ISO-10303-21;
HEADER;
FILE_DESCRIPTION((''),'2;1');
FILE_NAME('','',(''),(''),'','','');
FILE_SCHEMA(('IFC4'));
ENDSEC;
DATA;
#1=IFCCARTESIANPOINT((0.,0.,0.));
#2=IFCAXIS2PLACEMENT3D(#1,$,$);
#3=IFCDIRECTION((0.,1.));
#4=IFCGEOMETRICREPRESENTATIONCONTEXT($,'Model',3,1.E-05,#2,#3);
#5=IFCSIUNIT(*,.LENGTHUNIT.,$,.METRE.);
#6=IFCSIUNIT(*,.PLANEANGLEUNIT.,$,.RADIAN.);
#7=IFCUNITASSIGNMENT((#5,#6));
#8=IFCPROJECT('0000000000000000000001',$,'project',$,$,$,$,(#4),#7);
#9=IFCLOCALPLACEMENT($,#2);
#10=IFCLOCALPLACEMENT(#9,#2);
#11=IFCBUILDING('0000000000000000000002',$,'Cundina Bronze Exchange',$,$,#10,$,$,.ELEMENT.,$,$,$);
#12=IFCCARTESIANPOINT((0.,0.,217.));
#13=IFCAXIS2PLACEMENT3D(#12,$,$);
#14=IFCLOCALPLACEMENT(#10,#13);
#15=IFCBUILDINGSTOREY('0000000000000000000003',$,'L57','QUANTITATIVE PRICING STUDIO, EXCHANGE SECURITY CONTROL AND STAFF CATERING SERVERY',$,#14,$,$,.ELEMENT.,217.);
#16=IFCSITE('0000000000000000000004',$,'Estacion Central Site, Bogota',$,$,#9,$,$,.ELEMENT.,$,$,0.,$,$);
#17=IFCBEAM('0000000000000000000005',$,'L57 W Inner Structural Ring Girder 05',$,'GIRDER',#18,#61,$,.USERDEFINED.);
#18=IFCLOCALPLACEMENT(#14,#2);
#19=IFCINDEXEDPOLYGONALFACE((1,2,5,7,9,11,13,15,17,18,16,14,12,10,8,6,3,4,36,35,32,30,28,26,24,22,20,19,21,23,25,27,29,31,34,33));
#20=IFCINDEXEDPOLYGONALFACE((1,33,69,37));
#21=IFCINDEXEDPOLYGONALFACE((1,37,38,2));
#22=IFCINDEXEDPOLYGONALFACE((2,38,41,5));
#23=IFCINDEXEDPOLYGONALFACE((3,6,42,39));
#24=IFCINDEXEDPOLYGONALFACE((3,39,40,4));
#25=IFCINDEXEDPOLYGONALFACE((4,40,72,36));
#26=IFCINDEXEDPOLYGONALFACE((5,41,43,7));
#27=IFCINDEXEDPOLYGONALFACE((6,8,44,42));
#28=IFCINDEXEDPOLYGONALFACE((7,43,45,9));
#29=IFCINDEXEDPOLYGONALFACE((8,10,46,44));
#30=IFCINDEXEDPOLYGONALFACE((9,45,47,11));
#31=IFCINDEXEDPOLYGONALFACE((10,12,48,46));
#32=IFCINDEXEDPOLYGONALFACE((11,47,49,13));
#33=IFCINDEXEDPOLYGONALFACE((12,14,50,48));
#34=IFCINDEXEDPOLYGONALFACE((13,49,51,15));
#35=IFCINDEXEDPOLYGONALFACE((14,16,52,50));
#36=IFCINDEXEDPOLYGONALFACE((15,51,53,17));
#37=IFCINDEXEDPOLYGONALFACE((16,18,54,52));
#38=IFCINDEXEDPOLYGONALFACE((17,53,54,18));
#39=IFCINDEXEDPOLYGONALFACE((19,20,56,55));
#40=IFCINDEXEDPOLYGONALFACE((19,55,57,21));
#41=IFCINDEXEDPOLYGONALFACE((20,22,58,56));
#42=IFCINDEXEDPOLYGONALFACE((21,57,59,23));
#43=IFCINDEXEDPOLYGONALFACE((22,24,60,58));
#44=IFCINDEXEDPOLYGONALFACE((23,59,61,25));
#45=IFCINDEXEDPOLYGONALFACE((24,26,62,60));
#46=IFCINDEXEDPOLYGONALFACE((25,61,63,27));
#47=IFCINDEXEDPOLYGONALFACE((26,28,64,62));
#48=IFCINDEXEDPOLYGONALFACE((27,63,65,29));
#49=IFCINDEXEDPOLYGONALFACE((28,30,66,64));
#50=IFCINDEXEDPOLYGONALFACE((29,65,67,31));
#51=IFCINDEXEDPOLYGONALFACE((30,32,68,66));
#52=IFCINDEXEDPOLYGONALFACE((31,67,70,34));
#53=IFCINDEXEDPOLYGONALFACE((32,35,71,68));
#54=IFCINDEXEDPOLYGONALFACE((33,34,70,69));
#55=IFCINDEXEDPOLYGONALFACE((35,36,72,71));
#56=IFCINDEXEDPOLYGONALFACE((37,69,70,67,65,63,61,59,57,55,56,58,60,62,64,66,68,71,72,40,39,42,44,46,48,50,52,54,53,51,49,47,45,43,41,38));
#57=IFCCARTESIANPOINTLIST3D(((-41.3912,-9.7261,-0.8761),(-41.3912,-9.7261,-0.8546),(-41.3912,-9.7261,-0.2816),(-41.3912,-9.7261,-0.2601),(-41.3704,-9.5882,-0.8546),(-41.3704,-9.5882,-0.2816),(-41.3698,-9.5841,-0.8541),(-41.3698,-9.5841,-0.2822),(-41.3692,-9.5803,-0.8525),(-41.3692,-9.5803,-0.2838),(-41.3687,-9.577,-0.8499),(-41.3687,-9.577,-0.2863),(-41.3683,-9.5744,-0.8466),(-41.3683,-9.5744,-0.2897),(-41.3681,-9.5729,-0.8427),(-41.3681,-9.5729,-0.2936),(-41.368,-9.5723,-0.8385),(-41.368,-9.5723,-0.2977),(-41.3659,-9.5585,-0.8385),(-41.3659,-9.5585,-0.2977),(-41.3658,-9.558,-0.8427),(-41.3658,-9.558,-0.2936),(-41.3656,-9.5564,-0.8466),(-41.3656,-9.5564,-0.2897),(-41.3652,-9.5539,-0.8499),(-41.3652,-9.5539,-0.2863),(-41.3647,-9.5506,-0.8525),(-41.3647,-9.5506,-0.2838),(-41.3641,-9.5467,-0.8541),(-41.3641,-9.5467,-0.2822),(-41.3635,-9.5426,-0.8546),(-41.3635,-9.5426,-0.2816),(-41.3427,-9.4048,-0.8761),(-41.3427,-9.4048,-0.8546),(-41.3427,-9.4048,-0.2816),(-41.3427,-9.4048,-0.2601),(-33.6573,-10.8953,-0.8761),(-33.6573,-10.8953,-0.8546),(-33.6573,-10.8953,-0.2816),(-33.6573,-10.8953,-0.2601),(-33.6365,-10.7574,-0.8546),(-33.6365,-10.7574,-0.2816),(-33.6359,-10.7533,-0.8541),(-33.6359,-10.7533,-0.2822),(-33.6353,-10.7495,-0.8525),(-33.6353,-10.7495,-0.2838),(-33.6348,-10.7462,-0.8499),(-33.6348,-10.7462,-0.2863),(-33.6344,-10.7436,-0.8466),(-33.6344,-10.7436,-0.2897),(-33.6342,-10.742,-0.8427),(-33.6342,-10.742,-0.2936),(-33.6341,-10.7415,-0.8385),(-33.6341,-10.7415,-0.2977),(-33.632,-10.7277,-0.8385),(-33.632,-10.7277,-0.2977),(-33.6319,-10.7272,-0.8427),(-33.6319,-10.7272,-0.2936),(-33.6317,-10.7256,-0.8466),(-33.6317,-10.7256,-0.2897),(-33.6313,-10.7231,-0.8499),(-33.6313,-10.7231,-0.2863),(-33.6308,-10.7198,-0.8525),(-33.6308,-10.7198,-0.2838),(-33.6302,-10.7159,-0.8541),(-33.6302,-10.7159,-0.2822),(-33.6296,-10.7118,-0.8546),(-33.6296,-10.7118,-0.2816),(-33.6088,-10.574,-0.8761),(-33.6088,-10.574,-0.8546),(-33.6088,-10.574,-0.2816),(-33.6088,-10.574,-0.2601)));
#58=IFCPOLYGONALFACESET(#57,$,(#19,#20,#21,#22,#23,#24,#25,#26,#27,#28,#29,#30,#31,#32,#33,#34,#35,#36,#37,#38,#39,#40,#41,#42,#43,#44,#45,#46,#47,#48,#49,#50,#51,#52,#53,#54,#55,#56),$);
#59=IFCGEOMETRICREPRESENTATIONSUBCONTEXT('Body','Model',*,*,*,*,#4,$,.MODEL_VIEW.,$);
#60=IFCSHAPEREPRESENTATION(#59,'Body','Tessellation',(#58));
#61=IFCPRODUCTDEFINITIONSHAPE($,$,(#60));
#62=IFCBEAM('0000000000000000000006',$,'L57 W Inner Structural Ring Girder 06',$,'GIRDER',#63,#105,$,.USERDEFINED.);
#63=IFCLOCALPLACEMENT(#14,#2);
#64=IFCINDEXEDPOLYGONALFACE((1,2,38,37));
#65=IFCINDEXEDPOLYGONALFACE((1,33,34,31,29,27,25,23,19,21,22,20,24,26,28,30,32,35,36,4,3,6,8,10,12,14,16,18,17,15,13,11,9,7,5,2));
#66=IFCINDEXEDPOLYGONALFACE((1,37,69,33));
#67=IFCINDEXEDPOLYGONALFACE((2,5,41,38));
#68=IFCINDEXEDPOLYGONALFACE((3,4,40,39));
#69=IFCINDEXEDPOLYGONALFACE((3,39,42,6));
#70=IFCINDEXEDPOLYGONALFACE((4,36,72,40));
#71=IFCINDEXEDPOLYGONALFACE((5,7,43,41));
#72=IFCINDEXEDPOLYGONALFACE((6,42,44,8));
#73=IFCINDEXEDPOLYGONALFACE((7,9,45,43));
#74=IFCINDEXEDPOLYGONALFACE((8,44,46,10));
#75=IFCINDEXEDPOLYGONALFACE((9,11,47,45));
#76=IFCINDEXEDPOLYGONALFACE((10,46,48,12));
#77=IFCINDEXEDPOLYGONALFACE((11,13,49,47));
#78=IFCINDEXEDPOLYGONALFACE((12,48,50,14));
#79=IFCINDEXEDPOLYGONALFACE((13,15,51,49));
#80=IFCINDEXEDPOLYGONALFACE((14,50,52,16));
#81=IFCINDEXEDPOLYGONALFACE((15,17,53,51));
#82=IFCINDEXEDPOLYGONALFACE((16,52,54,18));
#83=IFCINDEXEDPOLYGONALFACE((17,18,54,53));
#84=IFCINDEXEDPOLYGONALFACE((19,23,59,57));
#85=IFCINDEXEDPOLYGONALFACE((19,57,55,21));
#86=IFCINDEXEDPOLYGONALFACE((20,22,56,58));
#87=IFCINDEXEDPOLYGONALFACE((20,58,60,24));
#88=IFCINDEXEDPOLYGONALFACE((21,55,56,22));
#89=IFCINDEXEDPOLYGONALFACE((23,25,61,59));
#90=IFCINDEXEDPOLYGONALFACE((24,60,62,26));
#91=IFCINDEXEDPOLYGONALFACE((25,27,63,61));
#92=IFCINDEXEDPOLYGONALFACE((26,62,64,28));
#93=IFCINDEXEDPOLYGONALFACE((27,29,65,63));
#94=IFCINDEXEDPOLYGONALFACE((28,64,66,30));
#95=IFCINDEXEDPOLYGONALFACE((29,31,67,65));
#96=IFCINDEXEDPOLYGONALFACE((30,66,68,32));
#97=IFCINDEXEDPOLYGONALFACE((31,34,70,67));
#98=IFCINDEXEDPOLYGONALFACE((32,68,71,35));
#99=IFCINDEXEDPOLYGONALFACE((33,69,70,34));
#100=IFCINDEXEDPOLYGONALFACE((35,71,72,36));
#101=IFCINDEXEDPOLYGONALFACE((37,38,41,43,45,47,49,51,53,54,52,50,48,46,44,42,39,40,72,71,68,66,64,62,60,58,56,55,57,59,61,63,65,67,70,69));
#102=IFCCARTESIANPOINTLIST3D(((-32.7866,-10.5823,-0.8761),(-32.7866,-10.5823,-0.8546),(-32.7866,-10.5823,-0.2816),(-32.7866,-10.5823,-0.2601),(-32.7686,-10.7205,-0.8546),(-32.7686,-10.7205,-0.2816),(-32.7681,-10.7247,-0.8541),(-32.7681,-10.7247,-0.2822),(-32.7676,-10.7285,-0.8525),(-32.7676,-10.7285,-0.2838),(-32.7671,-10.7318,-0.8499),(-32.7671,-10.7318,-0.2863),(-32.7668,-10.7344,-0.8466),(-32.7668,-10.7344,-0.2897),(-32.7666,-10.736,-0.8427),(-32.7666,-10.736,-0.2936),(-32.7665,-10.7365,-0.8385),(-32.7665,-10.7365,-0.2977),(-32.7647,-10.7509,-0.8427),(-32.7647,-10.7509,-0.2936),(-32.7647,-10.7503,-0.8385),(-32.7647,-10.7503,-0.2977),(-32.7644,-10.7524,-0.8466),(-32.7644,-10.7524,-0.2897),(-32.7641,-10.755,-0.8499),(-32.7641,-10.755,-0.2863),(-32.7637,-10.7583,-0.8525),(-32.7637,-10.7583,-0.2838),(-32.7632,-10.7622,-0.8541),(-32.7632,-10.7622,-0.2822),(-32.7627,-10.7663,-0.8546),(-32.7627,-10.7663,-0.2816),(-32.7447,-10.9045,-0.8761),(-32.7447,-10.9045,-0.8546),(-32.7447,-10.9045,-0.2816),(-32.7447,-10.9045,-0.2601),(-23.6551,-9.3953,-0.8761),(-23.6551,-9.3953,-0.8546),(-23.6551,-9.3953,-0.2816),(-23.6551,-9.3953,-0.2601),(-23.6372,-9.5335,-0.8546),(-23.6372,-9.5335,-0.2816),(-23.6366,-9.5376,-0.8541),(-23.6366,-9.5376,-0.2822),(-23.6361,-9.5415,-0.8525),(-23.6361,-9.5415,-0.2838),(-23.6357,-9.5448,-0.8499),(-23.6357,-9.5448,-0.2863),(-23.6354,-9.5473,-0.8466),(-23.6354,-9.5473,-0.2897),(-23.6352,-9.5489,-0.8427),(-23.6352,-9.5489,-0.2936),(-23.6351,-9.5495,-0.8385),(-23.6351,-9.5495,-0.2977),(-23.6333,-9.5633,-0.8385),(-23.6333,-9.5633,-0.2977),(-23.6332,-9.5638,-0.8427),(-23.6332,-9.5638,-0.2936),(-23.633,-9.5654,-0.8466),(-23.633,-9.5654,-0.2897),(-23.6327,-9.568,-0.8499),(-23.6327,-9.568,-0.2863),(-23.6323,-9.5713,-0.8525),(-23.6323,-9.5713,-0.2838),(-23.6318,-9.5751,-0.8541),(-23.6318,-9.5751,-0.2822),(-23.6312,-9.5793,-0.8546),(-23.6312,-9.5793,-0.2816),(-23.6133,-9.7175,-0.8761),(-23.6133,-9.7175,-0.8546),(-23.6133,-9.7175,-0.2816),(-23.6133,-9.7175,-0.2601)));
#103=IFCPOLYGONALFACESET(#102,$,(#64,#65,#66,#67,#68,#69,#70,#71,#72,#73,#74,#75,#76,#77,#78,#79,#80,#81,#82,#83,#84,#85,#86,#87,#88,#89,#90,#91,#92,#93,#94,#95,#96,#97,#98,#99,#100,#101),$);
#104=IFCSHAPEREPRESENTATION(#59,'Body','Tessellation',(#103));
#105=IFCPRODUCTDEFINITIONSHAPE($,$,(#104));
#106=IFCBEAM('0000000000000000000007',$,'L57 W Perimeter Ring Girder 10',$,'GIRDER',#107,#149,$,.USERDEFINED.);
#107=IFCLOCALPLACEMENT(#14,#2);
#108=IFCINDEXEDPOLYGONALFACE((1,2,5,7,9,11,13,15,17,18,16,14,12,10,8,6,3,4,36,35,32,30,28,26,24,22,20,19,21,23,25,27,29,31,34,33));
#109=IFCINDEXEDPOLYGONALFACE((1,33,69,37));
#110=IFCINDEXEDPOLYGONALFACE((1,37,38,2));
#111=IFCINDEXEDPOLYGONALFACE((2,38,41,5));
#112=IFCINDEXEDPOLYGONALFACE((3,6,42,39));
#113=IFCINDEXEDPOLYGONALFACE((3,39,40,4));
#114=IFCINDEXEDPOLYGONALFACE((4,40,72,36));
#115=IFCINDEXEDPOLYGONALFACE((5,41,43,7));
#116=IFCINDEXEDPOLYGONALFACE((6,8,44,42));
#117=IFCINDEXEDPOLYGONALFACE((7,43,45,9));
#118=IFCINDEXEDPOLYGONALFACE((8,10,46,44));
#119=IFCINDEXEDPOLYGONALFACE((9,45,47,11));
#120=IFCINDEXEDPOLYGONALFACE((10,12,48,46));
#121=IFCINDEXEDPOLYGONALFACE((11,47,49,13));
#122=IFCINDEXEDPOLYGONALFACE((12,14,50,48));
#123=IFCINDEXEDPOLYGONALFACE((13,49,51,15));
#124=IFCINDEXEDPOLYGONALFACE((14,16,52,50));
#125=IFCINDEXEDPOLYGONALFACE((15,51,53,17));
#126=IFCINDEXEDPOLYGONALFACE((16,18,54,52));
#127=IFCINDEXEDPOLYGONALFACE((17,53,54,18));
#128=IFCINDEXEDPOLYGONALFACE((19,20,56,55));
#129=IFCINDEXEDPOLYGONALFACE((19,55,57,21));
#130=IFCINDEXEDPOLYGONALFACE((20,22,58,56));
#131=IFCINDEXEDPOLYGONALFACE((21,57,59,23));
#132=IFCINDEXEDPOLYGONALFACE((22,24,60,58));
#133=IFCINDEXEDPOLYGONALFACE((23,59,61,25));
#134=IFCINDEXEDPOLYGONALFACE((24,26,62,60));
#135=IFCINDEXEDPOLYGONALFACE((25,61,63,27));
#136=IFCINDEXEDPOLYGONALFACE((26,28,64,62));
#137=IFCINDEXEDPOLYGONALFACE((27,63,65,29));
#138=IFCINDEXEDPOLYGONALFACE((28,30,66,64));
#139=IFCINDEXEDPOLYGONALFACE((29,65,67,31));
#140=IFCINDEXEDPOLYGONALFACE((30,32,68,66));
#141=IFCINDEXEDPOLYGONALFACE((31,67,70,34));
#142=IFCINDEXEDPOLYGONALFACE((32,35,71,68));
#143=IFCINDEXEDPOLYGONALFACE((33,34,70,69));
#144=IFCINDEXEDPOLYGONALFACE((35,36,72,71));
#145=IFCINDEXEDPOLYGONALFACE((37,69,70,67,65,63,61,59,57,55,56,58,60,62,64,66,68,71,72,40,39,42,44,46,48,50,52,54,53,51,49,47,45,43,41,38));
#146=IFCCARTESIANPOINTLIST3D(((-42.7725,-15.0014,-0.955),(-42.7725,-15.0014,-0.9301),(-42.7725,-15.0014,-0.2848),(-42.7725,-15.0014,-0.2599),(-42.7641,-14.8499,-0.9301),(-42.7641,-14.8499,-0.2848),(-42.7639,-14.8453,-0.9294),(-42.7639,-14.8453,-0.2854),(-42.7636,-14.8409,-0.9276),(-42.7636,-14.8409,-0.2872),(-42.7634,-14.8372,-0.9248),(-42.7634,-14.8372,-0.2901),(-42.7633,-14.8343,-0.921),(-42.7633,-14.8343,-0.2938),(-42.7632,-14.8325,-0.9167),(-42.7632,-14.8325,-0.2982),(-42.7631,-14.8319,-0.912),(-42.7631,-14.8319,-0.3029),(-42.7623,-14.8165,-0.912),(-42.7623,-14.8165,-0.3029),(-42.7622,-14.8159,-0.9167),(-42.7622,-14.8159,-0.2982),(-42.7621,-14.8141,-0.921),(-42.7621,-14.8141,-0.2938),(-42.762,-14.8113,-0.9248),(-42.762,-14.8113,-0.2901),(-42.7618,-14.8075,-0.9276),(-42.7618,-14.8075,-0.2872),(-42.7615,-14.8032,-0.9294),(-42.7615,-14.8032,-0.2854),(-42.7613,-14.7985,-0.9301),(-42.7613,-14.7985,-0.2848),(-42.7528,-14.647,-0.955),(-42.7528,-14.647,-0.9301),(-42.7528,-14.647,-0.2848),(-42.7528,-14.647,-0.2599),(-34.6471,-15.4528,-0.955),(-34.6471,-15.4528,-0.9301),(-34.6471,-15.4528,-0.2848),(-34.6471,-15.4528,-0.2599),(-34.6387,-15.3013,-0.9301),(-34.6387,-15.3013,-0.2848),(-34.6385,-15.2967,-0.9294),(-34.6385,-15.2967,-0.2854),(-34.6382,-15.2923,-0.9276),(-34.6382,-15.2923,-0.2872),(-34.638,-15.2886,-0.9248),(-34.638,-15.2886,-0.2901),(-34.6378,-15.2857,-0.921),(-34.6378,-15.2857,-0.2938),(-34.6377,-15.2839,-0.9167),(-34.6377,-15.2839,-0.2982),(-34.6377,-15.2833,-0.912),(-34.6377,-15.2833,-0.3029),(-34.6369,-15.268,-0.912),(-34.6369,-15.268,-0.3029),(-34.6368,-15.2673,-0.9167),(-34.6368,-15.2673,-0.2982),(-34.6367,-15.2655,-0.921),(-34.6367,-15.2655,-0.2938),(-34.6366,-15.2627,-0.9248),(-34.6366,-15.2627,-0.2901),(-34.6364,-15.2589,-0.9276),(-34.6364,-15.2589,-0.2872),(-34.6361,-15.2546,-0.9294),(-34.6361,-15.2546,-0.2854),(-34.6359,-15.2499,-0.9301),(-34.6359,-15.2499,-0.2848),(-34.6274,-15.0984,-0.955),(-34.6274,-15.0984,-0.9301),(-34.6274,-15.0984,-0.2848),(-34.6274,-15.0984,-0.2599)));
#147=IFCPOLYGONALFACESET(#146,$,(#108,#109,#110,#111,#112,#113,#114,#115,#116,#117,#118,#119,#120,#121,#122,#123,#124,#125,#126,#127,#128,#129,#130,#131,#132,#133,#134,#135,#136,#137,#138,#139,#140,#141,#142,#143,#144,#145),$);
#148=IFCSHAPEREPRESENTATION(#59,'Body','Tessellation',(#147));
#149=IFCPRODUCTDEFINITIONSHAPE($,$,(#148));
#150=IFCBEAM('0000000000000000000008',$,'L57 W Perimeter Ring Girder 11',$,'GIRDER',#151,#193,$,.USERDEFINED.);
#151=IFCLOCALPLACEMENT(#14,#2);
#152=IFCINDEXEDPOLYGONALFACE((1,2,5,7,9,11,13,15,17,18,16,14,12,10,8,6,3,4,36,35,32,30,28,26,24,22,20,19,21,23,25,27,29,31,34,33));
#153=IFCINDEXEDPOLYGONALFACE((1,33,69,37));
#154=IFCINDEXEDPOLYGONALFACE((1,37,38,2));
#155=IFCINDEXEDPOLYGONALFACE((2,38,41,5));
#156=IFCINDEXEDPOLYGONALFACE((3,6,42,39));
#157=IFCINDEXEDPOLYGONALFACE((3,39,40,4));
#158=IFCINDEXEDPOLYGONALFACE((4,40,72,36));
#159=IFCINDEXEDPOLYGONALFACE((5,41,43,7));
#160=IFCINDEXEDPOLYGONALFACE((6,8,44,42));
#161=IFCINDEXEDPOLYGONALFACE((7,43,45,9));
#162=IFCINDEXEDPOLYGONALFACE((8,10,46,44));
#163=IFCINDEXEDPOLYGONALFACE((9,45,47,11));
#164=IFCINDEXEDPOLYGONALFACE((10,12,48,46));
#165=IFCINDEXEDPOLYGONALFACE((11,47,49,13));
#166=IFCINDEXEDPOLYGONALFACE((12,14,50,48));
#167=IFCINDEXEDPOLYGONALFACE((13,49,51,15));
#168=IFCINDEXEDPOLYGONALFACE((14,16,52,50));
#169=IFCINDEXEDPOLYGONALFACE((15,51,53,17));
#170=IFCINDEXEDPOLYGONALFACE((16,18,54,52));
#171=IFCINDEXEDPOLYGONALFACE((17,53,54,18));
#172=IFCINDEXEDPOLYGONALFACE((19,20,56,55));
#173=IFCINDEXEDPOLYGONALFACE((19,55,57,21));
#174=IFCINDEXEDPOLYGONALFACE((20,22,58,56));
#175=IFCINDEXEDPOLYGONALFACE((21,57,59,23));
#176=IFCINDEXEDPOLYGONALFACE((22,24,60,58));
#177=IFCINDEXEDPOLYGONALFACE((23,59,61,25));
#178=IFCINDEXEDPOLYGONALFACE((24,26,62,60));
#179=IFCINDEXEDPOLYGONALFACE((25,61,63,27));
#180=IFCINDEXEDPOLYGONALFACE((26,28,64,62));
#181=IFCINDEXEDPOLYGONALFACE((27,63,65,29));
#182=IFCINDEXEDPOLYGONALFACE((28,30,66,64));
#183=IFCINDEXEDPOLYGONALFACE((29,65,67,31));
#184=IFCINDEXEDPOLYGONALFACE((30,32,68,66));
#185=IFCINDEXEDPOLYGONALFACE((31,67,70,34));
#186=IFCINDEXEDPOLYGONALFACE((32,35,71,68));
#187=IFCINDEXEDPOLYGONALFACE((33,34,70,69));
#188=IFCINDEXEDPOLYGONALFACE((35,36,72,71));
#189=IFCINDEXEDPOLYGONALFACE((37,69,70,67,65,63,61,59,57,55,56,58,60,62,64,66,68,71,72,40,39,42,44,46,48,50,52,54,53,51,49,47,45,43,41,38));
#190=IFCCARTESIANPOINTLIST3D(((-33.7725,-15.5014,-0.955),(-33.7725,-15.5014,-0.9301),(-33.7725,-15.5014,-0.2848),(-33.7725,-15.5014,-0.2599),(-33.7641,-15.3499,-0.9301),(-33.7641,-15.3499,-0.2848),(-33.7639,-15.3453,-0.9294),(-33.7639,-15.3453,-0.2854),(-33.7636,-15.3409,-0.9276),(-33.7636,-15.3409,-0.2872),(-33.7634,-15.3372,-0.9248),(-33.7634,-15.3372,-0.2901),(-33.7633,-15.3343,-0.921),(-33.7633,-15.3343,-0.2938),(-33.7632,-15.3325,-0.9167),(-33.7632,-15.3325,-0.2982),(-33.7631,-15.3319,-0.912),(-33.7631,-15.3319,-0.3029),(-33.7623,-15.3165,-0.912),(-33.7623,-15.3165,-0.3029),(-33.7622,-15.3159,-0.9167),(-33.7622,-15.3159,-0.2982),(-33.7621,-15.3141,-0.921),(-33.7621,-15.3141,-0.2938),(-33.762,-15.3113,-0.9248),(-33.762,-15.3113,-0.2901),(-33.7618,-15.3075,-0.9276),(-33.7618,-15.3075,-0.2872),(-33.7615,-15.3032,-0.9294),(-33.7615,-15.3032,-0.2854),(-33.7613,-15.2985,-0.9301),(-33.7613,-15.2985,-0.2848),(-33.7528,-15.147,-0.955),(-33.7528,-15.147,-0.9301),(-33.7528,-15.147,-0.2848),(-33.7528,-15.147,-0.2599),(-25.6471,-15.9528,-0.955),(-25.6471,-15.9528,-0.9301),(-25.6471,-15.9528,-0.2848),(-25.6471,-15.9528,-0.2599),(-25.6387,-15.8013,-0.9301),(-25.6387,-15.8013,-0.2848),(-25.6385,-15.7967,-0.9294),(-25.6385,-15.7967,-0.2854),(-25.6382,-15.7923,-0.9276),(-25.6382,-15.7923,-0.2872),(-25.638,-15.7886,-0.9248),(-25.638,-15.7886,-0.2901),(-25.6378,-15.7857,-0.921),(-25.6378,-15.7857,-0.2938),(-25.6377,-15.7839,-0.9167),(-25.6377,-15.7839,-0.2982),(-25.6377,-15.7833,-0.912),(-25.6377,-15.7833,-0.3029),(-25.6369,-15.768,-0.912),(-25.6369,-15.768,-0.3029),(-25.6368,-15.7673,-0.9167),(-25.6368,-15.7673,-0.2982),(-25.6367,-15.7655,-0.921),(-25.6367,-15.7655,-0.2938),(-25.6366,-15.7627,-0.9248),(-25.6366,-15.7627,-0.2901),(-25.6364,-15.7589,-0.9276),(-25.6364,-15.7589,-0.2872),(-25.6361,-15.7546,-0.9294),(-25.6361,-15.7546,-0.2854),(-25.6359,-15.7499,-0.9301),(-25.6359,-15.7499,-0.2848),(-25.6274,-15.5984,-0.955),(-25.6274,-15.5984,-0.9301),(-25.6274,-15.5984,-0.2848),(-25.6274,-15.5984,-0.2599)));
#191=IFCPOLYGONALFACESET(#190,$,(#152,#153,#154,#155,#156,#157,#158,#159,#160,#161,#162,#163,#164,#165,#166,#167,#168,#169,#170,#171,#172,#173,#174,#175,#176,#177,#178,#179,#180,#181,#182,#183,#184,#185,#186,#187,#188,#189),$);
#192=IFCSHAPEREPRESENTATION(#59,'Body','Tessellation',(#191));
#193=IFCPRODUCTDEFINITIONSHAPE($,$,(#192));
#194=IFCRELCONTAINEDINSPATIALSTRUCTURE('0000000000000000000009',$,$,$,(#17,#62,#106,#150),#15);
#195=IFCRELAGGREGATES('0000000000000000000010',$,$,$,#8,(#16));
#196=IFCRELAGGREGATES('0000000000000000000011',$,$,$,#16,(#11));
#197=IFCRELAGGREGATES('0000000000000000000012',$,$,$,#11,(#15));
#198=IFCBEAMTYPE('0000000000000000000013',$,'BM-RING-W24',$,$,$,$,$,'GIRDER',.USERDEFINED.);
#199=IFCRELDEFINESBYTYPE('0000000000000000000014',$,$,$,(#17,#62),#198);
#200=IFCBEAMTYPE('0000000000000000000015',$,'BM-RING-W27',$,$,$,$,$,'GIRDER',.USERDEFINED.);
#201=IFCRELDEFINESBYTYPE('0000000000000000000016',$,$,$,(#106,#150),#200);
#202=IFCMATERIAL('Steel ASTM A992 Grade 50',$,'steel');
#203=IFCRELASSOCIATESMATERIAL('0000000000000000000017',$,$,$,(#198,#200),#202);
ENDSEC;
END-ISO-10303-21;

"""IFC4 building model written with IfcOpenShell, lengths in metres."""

from ifc_helpers import new_model, si_unit, direction, frame, origin, origin_2d, place, context, subcontext, project, spatial, i_section, extrude, material, material_profile, profile_set, type_object, element, save


model = new_model("IFC4")

# Units and contexts
model_context = context("Model", 3, precision=1e-05, world=origin(), true_north=direction((0.0, 1.0)))
body_context = subcontext(model_context, "Body", "Model", "MODEL_VIEW")
ifc_project = project(units=[si_unit("LENGTHUNIT", "METRE"), si_unit("PLANEANGLEUNIT", "RADIAN")], contexts=[model_context])

# Site, building, storey
site_placement = place(None, origin())
site = spatial("IfcSite", under=ifc_project, at=site_placement, Name="Estacion Central Site, Bogota", CompositionType="ELEMENT", RefElevation=0.0)
building_placement = place(site_placement, origin())
building = spatial("IfcBuilding", under=site, at=building_placement, Name="Cundina Bronze Exchange", CompositionType="ELEMENT")
storey_placement = place(building_placement, frame((0.0, 0.0, 217.0)))
storey = spatial("IfcBuildingStorey", under=building, at=storey_placement, Name="L57", Description="QUANTITATIVE PRICING STUDIO, EXCHANGE SECURITY CONTROL AND STAFF CATERING SERVERY", CompositionType="ELEMENT", Elevation=217.0)

# Beams
ifc_material_1 = material(Name="Steel ASTM A992 Grade 50", Category="steel")
ifc_material_profile_1 = material_profile(ifc_material_1, i_section(OverallWidth=0.325, OverallDepth=0.616, WebThickness=0.0139, FlangeThickness=0.0215, FilletRadius=0.0161, at=origin_2d()), Name="W24X117", Category="steel")
ifc_profile_set_1 = profile_set([ifc_material_profile_1], Name="Steel ASTM A992 Grade 50")
beam_type_1 = type_object("IfcBeamType", Name="BM-RING-W24", ElementType="GIRDER", PredefinedType="USERDEFINED", material=ifc_profile_set_1)
beam_1_placement = place(storey_placement, frame((-41.3669, -9.5654, -0.5681), z_axis=(0.988765, -0.149479, 0.0), x_axis=(0.149479, 0.988765, 0.0)))
element("IfcBeam", 1, at=beam_1_placement, inside=storey, type_object=beam_type_1, Name="L57 W Inner Structural Ring Girder 05", ObjectType="GIRDER", PredefinedType="USERDEFINED", context=body_context, shape_type="SweptSolid", body=[
    extrude(i_section(OverallWidth=0.325, OverallDepth=0.616, WebThickness=0.0139, FlangeThickness=0.0215, FilletRadius=0.0161, at=origin_2d()), origin(), (0.0, 0.0, 1.0), 7.8218),
])
beam_2_placement = place(storey_placement, frame((-32.7656, -10.7434, -0.5681), z_axis=(0.991656, 0.128908, 0.0), x_axis=(-0.128908, 0.991656, 0.0)))
element("IfcBeam", 2, at=beam_2_placement, inside=storey, type_object=beam_type_1, Name="L57 W Inner Structural Ring Girder 06", ObjectType="GIRDER", PredefinedType="USERDEFINED", context=body_context, shape_type="SweptSolid", body=[
    extrude(i_section(OverallWidth=0.325, OverallDepth=0.616, WebThickness=0.0139, FlangeThickness=0.0215, FilletRadius=0.0161, at=origin_2d()), origin(), (0.0, 0.0, 1.0), 9.2083),
])
ifc_material_profile_2 = material_profile(ifc_material_1, i_section(OverallWidth=0.355, OverallDepth=0.6951, WebThickness=0.0154, FlangeThickness=0.0249, FilletRadius=0.0181, at=origin_2d()), Name="W27X146", Category="steel")
ifc_profile_set_2 = profile_set([ifc_material_profile_2], Name="Steel ASTM A992 Grade 50")
beam_type_2 = type_object("IfcBeamType", Name="BM-RING-W27", ElementType="GIRDER", PredefinedType="USERDEFINED", material=ifc_profile_set_2)
for number, where, z_axis, x_axis, name in (
    (3, (-42.7627, -14.8242, -0.6074), (0.99846, -0.05547, 0.0), (0.05547, 0.99846, 0.0), "L57 W Perimeter Ring Girder 10"),
    (4, (-33.7627, -15.3242, -0.6074), (0.99846, -0.05547, 0.0), (0.05547, 0.99846, 0.0), "L57 W Perimeter Ring Girder 11"),
):
    element("IfcBeam", number, at=place(storey_placement, frame(where, z_axis=z_axis, x_axis=x_axis)), inside=storey, type_object=beam_type_2, Name=name, ObjectType="GIRDER", PredefinedType="USERDEFINED", context=body_context, shape_type="SweptSolid", body=[
        extrude(i_section(OverallWidth=0.355, OverallDepth=0.6951, WebThickness=0.0154, FlangeThickness=0.0249, FilletRadius=0.0181, at=origin_2d()), origin(), (0.0, 0.0, 1.0), 8.1379),
    ])

save(model, "model.ifc")
